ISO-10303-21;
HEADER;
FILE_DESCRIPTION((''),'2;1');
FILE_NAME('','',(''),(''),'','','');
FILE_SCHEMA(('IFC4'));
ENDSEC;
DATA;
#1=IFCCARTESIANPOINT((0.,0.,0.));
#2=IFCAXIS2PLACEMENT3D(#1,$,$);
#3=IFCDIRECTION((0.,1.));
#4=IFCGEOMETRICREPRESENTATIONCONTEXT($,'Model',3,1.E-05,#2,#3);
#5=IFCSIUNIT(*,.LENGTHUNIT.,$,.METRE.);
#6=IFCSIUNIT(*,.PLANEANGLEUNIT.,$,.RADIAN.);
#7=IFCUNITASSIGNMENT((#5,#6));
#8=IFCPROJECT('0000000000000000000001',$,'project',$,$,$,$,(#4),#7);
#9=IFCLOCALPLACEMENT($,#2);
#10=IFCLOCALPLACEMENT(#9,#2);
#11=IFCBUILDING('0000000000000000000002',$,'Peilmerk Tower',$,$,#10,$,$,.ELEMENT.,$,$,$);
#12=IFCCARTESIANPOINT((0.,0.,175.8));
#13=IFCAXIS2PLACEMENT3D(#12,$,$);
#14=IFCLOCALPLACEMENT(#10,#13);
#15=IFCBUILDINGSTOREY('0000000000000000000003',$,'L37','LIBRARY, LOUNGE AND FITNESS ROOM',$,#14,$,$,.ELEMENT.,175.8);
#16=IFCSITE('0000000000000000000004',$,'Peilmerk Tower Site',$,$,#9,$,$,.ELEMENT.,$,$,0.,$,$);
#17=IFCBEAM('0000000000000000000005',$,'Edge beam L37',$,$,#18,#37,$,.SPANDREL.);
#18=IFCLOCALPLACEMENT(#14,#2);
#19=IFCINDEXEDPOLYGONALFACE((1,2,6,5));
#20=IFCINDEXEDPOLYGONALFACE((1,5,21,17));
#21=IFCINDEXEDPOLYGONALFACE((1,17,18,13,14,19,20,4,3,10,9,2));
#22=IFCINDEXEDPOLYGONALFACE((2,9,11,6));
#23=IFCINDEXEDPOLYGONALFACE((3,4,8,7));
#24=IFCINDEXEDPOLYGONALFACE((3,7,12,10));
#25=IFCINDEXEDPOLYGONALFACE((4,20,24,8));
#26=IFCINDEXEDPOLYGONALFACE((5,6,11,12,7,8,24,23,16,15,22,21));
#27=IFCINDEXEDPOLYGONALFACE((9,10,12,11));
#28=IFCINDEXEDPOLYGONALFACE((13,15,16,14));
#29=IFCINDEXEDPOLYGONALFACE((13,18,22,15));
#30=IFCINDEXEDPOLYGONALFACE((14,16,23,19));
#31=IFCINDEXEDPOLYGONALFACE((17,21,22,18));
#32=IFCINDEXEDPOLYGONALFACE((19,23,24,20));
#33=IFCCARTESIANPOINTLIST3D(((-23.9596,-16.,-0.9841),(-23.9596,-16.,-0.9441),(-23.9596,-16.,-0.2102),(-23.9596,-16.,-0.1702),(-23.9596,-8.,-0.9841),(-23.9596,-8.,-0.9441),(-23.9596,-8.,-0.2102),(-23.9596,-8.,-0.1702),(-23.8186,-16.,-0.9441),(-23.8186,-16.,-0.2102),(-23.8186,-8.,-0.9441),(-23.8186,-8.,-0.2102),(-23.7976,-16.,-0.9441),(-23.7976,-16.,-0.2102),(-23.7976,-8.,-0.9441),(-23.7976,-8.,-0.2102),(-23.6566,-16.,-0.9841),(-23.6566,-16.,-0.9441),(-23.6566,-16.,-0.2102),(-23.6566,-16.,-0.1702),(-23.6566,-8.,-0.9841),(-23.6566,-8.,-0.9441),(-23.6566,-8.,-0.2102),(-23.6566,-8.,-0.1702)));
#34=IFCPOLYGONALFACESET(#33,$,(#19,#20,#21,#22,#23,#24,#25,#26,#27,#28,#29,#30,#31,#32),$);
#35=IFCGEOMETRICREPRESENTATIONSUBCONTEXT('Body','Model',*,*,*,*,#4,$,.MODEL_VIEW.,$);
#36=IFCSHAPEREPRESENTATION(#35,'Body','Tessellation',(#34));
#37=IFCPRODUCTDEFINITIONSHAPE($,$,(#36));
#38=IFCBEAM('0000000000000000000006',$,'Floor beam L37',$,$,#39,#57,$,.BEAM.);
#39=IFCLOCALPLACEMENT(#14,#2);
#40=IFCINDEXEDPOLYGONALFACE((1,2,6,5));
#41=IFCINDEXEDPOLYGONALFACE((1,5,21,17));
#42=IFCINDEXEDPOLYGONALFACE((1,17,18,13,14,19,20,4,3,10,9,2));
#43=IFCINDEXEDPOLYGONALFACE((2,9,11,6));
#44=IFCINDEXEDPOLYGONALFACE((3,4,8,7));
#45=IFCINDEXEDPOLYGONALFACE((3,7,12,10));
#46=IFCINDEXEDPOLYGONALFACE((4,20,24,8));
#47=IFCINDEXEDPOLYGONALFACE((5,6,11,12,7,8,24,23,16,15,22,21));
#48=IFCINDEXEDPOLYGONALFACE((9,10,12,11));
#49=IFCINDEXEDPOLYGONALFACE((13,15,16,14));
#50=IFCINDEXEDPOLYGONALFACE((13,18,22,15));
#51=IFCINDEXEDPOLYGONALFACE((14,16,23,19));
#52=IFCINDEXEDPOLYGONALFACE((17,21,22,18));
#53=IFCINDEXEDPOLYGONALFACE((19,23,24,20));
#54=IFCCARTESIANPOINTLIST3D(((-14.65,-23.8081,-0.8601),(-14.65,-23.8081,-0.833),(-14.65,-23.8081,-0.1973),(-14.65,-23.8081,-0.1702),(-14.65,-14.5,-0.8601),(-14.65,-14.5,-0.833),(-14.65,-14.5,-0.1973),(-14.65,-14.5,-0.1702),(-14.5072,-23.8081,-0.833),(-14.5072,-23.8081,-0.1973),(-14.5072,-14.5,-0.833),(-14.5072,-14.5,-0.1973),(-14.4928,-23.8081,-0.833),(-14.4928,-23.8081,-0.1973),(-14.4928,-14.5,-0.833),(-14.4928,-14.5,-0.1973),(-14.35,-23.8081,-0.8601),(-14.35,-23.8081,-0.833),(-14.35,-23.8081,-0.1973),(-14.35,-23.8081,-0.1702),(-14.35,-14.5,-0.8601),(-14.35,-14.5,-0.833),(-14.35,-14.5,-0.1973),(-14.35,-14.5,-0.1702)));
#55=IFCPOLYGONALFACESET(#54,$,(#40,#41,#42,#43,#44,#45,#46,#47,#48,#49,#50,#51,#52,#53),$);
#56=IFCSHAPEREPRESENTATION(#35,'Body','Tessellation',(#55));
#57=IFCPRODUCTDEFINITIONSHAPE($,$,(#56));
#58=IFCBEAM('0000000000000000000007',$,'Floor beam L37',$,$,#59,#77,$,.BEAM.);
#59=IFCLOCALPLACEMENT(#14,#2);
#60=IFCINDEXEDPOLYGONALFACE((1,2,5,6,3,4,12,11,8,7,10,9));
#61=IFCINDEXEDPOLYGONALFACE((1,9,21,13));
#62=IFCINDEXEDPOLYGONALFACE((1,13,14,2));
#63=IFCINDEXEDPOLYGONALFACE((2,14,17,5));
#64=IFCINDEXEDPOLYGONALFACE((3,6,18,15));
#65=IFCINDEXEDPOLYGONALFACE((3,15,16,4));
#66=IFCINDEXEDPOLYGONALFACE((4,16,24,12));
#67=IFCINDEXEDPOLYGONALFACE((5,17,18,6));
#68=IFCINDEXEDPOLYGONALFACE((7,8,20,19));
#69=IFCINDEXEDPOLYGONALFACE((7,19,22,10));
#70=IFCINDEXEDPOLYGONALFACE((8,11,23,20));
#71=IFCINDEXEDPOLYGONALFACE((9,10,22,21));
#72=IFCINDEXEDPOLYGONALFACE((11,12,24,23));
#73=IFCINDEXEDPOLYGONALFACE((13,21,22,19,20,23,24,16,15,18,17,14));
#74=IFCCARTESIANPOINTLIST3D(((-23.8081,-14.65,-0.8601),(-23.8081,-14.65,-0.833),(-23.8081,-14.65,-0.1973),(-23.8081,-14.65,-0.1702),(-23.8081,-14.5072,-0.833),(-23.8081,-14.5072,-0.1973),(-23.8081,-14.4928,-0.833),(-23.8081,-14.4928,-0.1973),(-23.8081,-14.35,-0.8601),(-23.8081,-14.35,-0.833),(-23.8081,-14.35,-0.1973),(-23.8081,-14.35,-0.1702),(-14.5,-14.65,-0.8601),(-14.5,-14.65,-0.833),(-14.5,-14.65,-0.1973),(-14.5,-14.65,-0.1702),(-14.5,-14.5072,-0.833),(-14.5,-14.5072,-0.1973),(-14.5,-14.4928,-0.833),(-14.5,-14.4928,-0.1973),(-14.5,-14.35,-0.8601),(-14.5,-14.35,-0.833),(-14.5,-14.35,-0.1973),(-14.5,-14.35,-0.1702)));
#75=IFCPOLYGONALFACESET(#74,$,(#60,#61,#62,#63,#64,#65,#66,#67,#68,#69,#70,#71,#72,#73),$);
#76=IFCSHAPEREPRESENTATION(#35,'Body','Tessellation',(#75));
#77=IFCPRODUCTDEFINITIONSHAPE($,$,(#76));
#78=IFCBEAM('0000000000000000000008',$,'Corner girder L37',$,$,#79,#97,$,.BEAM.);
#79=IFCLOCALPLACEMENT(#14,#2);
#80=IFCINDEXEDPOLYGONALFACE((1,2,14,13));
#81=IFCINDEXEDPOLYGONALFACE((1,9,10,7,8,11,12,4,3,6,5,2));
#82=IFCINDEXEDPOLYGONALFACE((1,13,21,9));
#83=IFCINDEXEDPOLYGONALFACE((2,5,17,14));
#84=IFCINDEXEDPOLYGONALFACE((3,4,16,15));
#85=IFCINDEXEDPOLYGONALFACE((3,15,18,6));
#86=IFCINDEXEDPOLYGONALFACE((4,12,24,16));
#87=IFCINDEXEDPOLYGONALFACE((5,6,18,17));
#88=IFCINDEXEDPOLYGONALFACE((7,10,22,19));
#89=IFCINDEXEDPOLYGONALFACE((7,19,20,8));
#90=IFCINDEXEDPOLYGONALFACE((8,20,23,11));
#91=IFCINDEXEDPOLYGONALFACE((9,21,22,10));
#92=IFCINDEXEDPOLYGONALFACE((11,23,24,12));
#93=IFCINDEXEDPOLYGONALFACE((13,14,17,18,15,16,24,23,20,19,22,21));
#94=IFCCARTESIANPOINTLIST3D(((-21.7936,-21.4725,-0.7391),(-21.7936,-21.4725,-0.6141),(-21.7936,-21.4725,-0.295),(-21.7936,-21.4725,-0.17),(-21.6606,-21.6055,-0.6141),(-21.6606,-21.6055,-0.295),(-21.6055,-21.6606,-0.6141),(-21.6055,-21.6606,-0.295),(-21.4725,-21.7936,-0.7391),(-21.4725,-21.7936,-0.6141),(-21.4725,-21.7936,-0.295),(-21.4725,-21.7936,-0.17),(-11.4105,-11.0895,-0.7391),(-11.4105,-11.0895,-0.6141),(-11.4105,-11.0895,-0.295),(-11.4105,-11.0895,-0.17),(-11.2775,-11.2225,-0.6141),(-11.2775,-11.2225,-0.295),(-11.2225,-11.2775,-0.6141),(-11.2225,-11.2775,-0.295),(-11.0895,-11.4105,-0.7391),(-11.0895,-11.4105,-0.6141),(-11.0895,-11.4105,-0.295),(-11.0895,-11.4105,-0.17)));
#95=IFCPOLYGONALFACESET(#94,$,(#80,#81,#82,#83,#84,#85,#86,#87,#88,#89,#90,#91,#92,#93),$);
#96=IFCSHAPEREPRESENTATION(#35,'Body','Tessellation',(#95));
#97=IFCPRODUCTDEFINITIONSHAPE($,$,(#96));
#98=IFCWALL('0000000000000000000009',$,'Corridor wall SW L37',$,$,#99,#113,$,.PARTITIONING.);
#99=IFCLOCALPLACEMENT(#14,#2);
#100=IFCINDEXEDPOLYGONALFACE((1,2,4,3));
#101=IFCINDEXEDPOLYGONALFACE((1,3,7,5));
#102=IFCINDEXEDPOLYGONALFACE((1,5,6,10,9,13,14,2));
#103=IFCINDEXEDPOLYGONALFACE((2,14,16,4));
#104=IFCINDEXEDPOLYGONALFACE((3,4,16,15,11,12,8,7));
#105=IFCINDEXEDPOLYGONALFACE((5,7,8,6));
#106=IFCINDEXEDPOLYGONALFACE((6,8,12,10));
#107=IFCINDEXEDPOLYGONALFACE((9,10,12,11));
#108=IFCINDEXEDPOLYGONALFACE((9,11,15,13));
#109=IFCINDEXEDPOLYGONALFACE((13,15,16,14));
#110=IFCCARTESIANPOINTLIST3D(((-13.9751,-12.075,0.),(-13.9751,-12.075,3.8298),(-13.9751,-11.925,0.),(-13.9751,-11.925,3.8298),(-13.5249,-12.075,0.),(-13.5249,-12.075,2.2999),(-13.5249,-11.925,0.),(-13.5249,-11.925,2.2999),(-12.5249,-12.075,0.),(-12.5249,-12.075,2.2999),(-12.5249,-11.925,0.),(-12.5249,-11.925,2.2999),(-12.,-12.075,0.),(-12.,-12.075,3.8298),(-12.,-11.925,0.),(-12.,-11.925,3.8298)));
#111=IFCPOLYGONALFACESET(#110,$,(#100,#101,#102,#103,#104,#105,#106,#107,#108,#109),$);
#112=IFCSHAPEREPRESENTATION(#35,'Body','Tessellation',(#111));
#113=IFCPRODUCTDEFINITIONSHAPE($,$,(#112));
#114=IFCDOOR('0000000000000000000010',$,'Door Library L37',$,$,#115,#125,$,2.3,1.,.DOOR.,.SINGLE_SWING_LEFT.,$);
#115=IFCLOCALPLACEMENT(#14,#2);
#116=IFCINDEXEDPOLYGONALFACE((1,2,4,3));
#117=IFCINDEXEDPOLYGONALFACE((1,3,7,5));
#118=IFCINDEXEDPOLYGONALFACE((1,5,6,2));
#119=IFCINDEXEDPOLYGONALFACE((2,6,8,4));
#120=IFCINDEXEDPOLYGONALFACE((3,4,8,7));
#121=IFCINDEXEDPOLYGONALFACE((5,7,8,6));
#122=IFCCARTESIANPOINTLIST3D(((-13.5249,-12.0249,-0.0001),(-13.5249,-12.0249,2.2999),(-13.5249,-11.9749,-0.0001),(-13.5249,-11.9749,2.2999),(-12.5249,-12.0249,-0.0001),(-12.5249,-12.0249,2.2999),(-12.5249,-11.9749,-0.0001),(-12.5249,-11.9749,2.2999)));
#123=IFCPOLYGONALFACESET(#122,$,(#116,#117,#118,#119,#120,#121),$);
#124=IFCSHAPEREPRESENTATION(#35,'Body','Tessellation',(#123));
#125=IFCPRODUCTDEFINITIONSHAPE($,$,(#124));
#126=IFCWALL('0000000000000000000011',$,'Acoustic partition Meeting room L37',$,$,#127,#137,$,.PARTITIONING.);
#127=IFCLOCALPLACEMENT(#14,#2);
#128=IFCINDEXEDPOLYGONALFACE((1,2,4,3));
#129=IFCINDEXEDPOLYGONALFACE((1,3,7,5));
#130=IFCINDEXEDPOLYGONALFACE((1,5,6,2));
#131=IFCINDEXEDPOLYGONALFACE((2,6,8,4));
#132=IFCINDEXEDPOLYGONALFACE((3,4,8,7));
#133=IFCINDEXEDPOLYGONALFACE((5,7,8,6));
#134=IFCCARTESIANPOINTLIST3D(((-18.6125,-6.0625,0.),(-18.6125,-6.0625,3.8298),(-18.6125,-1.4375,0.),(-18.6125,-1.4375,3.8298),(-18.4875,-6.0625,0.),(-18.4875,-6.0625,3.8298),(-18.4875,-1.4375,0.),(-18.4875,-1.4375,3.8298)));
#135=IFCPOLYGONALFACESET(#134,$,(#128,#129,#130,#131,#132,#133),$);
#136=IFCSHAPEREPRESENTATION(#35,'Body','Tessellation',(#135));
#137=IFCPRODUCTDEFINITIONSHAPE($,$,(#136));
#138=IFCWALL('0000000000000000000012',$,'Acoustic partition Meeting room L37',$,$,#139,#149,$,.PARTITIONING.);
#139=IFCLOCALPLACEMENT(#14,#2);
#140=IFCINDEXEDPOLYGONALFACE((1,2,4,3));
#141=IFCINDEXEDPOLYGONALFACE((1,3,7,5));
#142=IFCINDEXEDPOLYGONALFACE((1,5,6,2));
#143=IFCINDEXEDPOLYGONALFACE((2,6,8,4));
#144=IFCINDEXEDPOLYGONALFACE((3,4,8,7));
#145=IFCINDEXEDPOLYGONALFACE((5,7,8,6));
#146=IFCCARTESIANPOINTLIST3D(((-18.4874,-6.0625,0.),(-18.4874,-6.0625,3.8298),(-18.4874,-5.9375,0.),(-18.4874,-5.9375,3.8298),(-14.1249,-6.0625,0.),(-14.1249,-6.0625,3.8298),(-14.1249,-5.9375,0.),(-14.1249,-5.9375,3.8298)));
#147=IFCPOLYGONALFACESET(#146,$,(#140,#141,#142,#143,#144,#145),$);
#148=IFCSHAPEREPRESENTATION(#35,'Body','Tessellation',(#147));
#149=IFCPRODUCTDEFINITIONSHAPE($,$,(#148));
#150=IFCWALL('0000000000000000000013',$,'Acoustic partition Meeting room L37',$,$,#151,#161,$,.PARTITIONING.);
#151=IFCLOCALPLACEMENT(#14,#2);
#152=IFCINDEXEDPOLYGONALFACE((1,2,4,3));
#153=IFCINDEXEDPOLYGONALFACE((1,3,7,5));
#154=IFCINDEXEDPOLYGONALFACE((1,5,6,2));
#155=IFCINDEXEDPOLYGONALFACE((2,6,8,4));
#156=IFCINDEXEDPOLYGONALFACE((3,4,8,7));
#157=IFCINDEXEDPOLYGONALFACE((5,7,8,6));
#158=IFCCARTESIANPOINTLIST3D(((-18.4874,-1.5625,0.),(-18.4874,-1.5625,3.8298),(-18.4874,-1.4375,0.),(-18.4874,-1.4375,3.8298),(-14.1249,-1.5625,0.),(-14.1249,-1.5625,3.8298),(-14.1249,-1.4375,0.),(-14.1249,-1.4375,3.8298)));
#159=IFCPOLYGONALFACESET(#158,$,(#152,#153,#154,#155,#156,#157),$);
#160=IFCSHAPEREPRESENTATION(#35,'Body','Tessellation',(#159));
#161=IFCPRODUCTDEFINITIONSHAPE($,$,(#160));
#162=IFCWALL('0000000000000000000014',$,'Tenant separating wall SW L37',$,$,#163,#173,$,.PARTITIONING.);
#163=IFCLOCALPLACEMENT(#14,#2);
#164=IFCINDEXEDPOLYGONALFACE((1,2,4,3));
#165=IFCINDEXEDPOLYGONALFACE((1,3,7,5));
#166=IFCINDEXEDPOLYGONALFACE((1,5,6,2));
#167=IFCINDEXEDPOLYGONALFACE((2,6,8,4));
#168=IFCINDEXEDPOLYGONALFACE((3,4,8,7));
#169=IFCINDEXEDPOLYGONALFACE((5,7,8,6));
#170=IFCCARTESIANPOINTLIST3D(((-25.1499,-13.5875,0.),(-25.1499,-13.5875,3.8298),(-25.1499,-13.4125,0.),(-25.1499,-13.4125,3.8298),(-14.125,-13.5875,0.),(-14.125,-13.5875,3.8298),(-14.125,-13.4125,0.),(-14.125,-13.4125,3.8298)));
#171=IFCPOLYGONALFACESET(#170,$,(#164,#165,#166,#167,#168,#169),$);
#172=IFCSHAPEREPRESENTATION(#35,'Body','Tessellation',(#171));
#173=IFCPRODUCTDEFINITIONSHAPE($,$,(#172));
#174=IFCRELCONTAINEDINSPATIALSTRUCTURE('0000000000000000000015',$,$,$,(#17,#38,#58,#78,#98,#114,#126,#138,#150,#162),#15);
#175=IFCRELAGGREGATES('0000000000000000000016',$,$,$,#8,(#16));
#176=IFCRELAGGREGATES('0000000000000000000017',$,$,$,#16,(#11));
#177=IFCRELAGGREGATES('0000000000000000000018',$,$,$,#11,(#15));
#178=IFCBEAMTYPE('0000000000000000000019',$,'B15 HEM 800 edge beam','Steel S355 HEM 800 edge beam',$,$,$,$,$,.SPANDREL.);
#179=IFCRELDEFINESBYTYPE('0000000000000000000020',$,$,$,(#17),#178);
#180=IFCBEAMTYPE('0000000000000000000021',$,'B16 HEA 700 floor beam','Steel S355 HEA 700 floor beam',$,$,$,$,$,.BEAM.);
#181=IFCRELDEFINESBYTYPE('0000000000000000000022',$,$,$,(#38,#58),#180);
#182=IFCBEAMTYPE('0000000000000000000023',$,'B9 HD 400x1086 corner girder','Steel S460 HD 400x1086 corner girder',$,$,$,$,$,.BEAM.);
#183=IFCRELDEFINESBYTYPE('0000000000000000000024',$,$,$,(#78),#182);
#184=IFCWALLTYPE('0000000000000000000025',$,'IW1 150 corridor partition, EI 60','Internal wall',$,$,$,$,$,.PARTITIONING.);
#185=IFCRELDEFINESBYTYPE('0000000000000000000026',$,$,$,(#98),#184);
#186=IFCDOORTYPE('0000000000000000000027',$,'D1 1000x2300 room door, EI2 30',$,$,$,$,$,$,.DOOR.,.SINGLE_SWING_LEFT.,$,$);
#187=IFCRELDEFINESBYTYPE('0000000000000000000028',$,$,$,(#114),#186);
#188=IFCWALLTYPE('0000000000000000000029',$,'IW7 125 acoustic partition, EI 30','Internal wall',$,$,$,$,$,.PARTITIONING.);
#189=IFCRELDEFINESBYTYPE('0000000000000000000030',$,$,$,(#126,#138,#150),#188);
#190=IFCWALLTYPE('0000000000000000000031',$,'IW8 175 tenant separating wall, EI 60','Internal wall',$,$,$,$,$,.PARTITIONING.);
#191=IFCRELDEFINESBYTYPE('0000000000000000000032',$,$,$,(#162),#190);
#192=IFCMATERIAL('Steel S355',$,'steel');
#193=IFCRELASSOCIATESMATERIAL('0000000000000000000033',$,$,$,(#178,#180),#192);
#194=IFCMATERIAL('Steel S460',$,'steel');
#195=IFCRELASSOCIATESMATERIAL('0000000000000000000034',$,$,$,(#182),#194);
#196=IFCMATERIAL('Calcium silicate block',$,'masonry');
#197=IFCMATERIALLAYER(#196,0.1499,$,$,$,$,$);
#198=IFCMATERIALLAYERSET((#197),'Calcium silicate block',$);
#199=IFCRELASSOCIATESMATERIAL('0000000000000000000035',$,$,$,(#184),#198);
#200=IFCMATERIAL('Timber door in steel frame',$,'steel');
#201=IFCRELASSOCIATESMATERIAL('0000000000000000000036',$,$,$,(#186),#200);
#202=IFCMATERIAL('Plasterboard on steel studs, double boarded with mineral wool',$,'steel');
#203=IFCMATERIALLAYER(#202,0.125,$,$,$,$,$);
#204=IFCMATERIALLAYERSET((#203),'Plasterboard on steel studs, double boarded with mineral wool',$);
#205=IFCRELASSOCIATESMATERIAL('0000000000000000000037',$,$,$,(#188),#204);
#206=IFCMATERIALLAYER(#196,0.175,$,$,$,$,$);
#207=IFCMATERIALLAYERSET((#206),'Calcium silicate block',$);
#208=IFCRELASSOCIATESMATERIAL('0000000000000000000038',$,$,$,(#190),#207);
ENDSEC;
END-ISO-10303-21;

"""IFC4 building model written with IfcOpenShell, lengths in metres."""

from ifc_helpers import new_model, si_unit, direction, frame, frame_2d, origin, origin_2d, place, context, subcontext, project, spatial, rectangle, i_section, extrude, material, layer, layer_set, material_profile, profile_set, type_object, element, fill, save


model = new_model("IFC4")

# Units and contexts
model_context = context("Model", 3, precision=1e-05, world=origin(), true_north=direction((0.0, 1.0)))
body_context = subcontext(model_context, "Body", "Model", "MODEL_VIEW")
ifc_project = project(units=[si_unit("LENGTHUNIT", "METRE"), si_unit("PLANEANGLEUNIT", "RADIAN")], contexts=[model_context])

# Site, building, storey
site_placement = place(None, origin())
site = spatial("IfcSite", under=ifc_project, at=site_placement, Name="Peilmerk Tower Site", CompositionType="ELEMENT", RefElevation=0.0)
building_placement = place(site_placement, origin())
building = spatial("IfcBuilding", under=site, at=building_placement, Name="Peilmerk Tower", CompositionType="ELEMENT")
storey_placement = place(building_placement, frame((0.0, 0.0, 175.8)))
storey = spatial("IfcBuildingStorey", under=building, at=storey_placement, Name="L37", Description="LIBRARY, LOUNGE AND FITNESS ROOM", CompositionType="ELEMENT", Elevation=175.8)

# Shared definitions
ifc_material_1 = material(Name="Steel S460", Category="steel")

# Beams
ifc_material_2 = material(Name="Steel S355", Category="steel")
ifc_material_profile_1 = material_profile(ifc_material_2, i_section(OverallWidth=0.303, OverallDepth=0.814, WebThickness=0.021, FlangeThickness=0.04, at=origin_2d()), Name="HEM 800")
ifc_profile_set_1 = profile_set([ifc_material_profile_1], Name="Steel S355")
beam_type_1 = type_object("IfcBeamType", Name="B15 HEM 800 edge beam", Description="Steel S355 HEM 800 edge beam", PredefinedType="SPANDREL", material=ifc_profile_set_1)
for number, where, z_axis, x_axis, name in (
    (1, (-23.8081, -8.0, -0.5771), (0.0, -1.0, 0.0), (1.0, 0.0, 0.0), "Edge beam L37"),
):
    element("IfcBeam", number, at=place(storey_placement, frame(where, z_axis=z_axis, x_axis=x_axis)), inside=storey, type_object=beam_type_1, Name=name, PredefinedType="SPANDREL", context=body_context, shape_type="SweptSolid", body=[
        extrude(i_section(OverallWidth=0.303, OverallDepth=0.814, WebThickness=0.021, FlangeThickness=0.04, at=origin_2d()), origin(), (0.0, 0.0, 1.0), 8.0),
    ])
ifc_material_profile_2 = material_profile(ifc_material_2, i_section(OverallWidth=0.3, OverallDepth=0.6899, WebThickness=0.0144, FlangeThickness=0.0271, at=origin_2d()), Name="HEA 700")
ifc_profile_set_2 = profile_set([ifc_material_profile_2], Name="Steel S355")
beam_type_2 = type_object("IfcBeamType", Name="B16 HEA 700 floor beam", Description="Steel S355 HEA 700 floor beam", PredefinedType="BEAM", material=ifc_profile_set_2)
for number, where, z_axis, x_axis, name in (
    (2, (-14.5, -14.5, -0.5151), (0.0, -1.0, 0.0), (1.0, 0.0, 0.0), "Floor beam L37"),
    (3, (-14.5, -14.5, -0.5151), (-1.0, 0.0, 0.0), (0.0, -1.0, 0.0), "Floor beam L37"),
):
    element("IfcBeam", number, at=place(storey_placement, frame(where, z_axis=z_axis, x_axis=x_axis)), inside=storey, type_object=beam_type_2, Name=name, PredefinedType="BEAM", context=body_context, shape_type="SweptSolid", body=[
        extrude(i_section(OverallWidth=0.3, OverallDepth=0.6899, WebThickness=0.0144, FlangeThickness=0.0271, at=origin_2d()), origin(), (0.0, 0.0, 1.0), 9.3081),
    ])
ifc_material_profile_3 = material_profile(ifc_material_1, i_section(OverallWidth=0.4541, OverallDepth=0.5691, WebThickness=0.0779, FlangeThickness=0.125, at=origin_2d()), Name="HD 400x1086")
ifc_profile_set_3 = profile_set([ifc_material_profile_3], Name="Steel S460")
beam_type_3 = type_object("IfcBeamType", Name="B9 HD 400x1086 corner girder", Description="Steel S460 HD 400x1086 corner girder", PredefinedType="BEAM", material=ifc_profile_set_3)
beam_placement = place(storey_placement, frame((-11.25, -11.25, -0.4546), z_axis=(-0.707107, -0.707107, 0.0), x_axis=(0.707107, -0.707107, 0.0)))
element("IfcBeam", 4, at=beam_placement, inside=storey, type_object=beam_type_3, Name="Corner girder L37", PredefinedType="BEAM", context=body_context, shape_type="SweptSolid", body=[
    extrude(i_section(OverallWidth=0.4541, OverallDepth=0.5691, WebThickness=0.0779, FlangeThickness=0.125, at=origin_2d()), origin(), (0.0, 0.0, 1.0), 14.6838),
])

# Wall, opening, door
ifc_material_3 = material(Name="Calcium silicate block", Category="masonry")
ifc_layer_1 = layer(ifc_material_3, 0.1499)
ifc_layer_set_1 = layer_set([ifc_layer_1], Name="Calcium silicate block")
wall_type_1 = type_object("IfcWallType", Name="IW1 150 corridor partition, EI 60", Description="Internal wall", PredefinedType="PARTITIONING", material=ifc_layer_set_1)
wall_1_placement = place(storey_placement, frame((-12.0, -12.0, 0.0), z_axis=(0.0, 0.0, 1.0), x_axis=(-1.0, 0.0, 0.0)))
wall_1 = element("IfcWall", 5, at=wall_1_placement, inside=storey, type_object=wall_type_1, Name="Corridor wall SW L37", PredefinedType="PARTITIONING", context=body_context, shape_type="SweptSolid", body=[
    extrude(rectangle(XDim=1.9751, YDim=0.1499, at=frame_2d((0.9875, 0.0))), origin(), (0.0, 0.0, 1.0), 3.8298),
])
opening_1_placement = place(wall_1_placement, frame((0.5249, 0.0, 0.0)))
opening_1 = element("IfcOpeningElement", 6, at=opening_1_placement, cuts=wall_1, PredefinedType="OPENING", context=body_context, shape_type="SweptSolid", body=[
    extrude(rectangle(XDim=1.0, YDim=2.3, at=frame_2d((0.5, 1.1499))), frame((0.0, 0.085, 0.0), z_axis=(0.0, -1.0, 0.0), x_axis=(1.0, 0.0, 0.0)), (0.0, 0.0, 1.0), 0.1699),
])
ifc_material_4 = material(Name="Timber door in steel frame", Category="steel")
door_type_1 = type_object("IfcDoorType", Name="D1 1000x2300 room door, EI2 30", OperationType="SINGLE_SWING_LEFT", PredefinedType="DOOR", material=ifc_material_4)
door_1_placement = place(opening_1_placement, origin())
door_1 = element("IfcDoor", 7, at=door_1_placement, inside=storey, type_object=door_type_1, Name="Door Library L37", OperationType="SINGLE_SWING_LEFT", OverallHeight=2.3, OverallWidth=1.0, PredefinedType="DOOR", context=body_context, shape_type="SweptSolid", body=[
    extrude(rectangle(XDim=1.0, YDim=2.3, at=frame_2d((0.5, 1.1499))), frame((0.0, 0.0249, 0.0), z_axis=(0.0, -1.0, 0.0), x_axis=(1.0, 0.0, 0.0)), (0.0, 0.0, 1.0), 0.05),
])
fill(opening_1, door_1)

# Walls
ifc_material_5 = material(Name="Plasterboard on steel studs, double boarded with mineral wool", Category="steel")
ifc_layer_2 = layer(ifc_material_5, 0.125)
ifc_layer_set_2 = layer_set([ifc_layer_2], Name="Plasterboard on steel studs, double boarded with mineral wool")
wall_type_2 = type_object("IfcWallType", Name="IW7 125 acoustic partition, EI 30", Description="Internal wall", PredefinedType="PARTITIONING", material=ifc_layer_set_2)
wall_2_placement = place(storey_placement, frame((-18.55, -6.0625, 0.0), z_axis=(0.0, 0.0, 1.0), x_axis=(0.0, 1.0, 0.0)))
element("IfcWall", 8, at=wall_2_placement, inside=storey, type_object=wall_type_2, Name="Acoustic partition Meeting room L37", PredefinedType="PARTITIONING", context=body_context, shape_type="SweptSolid", body=[
    extrude(rectangle(XDim=4.625, YDim=0.125, at=frame_2d((2.3125, 0.0))), origin(), (0.0, 0.0, 1.0), 3.8298),
])
for number, where, z_axis, x_axis, name in (
    (9, (-14.125, -6.0, 0.0), (0.0, 0.0, 1.0), (-1.0, 0.0, 0.0), "Acoustic partition Meeting room L37"),
    (10, (-14.125, -1.5, 0.0), (0.0, 0.0, 1.0), (-1.0, 0.0, 0.0), "Acoustic partition Meeting room L37"),
):
    element("IfcWall", number, at=place(storey_placement, frame(where, z_axis=z_axis, x_axis=x_axis)), inside=storey, type_object=wall_type_2, Name=name, PredefinedType="PARTITIONING", context=body_context, shape_type="SweptSolid", body=[
        extrude(rectangle(XDim=4.3625, YDim=0.125, at=frame_2d((2.1812, 0.0))), origin(), (0.0, 0.0, 1.0), 3.8298),
    ])
ifc_layer_3 = layer(ifc_material_3, 0.175)
ifc_layer_set_3 = layer_set([ifc_layer_3], Name="Calcium silicate block")
wall_type_3 = type_object("IfcWallType", Name="IW8 175 tenant separating wall, EI 60", Description="Internal wall", PredefinedType="PARTITIONING", material=ifc_layer_set_3)
wall_3_placement = place(storey_placement, frame((-14.125, -13.5, 0.0), z_axis=(0.0, 0.0, 1.0), x_axis=(-1.0, 0.0, 0.0)))
element("IfcWall", 11, at=wall_3_placement, inside=storey, type_object=wall_type_3, Name="Tenant separating wall SW L37", PredefinedType="PARTITIONING", context=body_context, shape_type="SweptSolid", body=[
    extrude(rectangle(XDim=11.0249, YDim=0.175, at=frame_2d((5.5125, 0.0))), origin(), (0.0, 0.0, 1.0), 3.8298),
])

save(model, "model.ifc")
